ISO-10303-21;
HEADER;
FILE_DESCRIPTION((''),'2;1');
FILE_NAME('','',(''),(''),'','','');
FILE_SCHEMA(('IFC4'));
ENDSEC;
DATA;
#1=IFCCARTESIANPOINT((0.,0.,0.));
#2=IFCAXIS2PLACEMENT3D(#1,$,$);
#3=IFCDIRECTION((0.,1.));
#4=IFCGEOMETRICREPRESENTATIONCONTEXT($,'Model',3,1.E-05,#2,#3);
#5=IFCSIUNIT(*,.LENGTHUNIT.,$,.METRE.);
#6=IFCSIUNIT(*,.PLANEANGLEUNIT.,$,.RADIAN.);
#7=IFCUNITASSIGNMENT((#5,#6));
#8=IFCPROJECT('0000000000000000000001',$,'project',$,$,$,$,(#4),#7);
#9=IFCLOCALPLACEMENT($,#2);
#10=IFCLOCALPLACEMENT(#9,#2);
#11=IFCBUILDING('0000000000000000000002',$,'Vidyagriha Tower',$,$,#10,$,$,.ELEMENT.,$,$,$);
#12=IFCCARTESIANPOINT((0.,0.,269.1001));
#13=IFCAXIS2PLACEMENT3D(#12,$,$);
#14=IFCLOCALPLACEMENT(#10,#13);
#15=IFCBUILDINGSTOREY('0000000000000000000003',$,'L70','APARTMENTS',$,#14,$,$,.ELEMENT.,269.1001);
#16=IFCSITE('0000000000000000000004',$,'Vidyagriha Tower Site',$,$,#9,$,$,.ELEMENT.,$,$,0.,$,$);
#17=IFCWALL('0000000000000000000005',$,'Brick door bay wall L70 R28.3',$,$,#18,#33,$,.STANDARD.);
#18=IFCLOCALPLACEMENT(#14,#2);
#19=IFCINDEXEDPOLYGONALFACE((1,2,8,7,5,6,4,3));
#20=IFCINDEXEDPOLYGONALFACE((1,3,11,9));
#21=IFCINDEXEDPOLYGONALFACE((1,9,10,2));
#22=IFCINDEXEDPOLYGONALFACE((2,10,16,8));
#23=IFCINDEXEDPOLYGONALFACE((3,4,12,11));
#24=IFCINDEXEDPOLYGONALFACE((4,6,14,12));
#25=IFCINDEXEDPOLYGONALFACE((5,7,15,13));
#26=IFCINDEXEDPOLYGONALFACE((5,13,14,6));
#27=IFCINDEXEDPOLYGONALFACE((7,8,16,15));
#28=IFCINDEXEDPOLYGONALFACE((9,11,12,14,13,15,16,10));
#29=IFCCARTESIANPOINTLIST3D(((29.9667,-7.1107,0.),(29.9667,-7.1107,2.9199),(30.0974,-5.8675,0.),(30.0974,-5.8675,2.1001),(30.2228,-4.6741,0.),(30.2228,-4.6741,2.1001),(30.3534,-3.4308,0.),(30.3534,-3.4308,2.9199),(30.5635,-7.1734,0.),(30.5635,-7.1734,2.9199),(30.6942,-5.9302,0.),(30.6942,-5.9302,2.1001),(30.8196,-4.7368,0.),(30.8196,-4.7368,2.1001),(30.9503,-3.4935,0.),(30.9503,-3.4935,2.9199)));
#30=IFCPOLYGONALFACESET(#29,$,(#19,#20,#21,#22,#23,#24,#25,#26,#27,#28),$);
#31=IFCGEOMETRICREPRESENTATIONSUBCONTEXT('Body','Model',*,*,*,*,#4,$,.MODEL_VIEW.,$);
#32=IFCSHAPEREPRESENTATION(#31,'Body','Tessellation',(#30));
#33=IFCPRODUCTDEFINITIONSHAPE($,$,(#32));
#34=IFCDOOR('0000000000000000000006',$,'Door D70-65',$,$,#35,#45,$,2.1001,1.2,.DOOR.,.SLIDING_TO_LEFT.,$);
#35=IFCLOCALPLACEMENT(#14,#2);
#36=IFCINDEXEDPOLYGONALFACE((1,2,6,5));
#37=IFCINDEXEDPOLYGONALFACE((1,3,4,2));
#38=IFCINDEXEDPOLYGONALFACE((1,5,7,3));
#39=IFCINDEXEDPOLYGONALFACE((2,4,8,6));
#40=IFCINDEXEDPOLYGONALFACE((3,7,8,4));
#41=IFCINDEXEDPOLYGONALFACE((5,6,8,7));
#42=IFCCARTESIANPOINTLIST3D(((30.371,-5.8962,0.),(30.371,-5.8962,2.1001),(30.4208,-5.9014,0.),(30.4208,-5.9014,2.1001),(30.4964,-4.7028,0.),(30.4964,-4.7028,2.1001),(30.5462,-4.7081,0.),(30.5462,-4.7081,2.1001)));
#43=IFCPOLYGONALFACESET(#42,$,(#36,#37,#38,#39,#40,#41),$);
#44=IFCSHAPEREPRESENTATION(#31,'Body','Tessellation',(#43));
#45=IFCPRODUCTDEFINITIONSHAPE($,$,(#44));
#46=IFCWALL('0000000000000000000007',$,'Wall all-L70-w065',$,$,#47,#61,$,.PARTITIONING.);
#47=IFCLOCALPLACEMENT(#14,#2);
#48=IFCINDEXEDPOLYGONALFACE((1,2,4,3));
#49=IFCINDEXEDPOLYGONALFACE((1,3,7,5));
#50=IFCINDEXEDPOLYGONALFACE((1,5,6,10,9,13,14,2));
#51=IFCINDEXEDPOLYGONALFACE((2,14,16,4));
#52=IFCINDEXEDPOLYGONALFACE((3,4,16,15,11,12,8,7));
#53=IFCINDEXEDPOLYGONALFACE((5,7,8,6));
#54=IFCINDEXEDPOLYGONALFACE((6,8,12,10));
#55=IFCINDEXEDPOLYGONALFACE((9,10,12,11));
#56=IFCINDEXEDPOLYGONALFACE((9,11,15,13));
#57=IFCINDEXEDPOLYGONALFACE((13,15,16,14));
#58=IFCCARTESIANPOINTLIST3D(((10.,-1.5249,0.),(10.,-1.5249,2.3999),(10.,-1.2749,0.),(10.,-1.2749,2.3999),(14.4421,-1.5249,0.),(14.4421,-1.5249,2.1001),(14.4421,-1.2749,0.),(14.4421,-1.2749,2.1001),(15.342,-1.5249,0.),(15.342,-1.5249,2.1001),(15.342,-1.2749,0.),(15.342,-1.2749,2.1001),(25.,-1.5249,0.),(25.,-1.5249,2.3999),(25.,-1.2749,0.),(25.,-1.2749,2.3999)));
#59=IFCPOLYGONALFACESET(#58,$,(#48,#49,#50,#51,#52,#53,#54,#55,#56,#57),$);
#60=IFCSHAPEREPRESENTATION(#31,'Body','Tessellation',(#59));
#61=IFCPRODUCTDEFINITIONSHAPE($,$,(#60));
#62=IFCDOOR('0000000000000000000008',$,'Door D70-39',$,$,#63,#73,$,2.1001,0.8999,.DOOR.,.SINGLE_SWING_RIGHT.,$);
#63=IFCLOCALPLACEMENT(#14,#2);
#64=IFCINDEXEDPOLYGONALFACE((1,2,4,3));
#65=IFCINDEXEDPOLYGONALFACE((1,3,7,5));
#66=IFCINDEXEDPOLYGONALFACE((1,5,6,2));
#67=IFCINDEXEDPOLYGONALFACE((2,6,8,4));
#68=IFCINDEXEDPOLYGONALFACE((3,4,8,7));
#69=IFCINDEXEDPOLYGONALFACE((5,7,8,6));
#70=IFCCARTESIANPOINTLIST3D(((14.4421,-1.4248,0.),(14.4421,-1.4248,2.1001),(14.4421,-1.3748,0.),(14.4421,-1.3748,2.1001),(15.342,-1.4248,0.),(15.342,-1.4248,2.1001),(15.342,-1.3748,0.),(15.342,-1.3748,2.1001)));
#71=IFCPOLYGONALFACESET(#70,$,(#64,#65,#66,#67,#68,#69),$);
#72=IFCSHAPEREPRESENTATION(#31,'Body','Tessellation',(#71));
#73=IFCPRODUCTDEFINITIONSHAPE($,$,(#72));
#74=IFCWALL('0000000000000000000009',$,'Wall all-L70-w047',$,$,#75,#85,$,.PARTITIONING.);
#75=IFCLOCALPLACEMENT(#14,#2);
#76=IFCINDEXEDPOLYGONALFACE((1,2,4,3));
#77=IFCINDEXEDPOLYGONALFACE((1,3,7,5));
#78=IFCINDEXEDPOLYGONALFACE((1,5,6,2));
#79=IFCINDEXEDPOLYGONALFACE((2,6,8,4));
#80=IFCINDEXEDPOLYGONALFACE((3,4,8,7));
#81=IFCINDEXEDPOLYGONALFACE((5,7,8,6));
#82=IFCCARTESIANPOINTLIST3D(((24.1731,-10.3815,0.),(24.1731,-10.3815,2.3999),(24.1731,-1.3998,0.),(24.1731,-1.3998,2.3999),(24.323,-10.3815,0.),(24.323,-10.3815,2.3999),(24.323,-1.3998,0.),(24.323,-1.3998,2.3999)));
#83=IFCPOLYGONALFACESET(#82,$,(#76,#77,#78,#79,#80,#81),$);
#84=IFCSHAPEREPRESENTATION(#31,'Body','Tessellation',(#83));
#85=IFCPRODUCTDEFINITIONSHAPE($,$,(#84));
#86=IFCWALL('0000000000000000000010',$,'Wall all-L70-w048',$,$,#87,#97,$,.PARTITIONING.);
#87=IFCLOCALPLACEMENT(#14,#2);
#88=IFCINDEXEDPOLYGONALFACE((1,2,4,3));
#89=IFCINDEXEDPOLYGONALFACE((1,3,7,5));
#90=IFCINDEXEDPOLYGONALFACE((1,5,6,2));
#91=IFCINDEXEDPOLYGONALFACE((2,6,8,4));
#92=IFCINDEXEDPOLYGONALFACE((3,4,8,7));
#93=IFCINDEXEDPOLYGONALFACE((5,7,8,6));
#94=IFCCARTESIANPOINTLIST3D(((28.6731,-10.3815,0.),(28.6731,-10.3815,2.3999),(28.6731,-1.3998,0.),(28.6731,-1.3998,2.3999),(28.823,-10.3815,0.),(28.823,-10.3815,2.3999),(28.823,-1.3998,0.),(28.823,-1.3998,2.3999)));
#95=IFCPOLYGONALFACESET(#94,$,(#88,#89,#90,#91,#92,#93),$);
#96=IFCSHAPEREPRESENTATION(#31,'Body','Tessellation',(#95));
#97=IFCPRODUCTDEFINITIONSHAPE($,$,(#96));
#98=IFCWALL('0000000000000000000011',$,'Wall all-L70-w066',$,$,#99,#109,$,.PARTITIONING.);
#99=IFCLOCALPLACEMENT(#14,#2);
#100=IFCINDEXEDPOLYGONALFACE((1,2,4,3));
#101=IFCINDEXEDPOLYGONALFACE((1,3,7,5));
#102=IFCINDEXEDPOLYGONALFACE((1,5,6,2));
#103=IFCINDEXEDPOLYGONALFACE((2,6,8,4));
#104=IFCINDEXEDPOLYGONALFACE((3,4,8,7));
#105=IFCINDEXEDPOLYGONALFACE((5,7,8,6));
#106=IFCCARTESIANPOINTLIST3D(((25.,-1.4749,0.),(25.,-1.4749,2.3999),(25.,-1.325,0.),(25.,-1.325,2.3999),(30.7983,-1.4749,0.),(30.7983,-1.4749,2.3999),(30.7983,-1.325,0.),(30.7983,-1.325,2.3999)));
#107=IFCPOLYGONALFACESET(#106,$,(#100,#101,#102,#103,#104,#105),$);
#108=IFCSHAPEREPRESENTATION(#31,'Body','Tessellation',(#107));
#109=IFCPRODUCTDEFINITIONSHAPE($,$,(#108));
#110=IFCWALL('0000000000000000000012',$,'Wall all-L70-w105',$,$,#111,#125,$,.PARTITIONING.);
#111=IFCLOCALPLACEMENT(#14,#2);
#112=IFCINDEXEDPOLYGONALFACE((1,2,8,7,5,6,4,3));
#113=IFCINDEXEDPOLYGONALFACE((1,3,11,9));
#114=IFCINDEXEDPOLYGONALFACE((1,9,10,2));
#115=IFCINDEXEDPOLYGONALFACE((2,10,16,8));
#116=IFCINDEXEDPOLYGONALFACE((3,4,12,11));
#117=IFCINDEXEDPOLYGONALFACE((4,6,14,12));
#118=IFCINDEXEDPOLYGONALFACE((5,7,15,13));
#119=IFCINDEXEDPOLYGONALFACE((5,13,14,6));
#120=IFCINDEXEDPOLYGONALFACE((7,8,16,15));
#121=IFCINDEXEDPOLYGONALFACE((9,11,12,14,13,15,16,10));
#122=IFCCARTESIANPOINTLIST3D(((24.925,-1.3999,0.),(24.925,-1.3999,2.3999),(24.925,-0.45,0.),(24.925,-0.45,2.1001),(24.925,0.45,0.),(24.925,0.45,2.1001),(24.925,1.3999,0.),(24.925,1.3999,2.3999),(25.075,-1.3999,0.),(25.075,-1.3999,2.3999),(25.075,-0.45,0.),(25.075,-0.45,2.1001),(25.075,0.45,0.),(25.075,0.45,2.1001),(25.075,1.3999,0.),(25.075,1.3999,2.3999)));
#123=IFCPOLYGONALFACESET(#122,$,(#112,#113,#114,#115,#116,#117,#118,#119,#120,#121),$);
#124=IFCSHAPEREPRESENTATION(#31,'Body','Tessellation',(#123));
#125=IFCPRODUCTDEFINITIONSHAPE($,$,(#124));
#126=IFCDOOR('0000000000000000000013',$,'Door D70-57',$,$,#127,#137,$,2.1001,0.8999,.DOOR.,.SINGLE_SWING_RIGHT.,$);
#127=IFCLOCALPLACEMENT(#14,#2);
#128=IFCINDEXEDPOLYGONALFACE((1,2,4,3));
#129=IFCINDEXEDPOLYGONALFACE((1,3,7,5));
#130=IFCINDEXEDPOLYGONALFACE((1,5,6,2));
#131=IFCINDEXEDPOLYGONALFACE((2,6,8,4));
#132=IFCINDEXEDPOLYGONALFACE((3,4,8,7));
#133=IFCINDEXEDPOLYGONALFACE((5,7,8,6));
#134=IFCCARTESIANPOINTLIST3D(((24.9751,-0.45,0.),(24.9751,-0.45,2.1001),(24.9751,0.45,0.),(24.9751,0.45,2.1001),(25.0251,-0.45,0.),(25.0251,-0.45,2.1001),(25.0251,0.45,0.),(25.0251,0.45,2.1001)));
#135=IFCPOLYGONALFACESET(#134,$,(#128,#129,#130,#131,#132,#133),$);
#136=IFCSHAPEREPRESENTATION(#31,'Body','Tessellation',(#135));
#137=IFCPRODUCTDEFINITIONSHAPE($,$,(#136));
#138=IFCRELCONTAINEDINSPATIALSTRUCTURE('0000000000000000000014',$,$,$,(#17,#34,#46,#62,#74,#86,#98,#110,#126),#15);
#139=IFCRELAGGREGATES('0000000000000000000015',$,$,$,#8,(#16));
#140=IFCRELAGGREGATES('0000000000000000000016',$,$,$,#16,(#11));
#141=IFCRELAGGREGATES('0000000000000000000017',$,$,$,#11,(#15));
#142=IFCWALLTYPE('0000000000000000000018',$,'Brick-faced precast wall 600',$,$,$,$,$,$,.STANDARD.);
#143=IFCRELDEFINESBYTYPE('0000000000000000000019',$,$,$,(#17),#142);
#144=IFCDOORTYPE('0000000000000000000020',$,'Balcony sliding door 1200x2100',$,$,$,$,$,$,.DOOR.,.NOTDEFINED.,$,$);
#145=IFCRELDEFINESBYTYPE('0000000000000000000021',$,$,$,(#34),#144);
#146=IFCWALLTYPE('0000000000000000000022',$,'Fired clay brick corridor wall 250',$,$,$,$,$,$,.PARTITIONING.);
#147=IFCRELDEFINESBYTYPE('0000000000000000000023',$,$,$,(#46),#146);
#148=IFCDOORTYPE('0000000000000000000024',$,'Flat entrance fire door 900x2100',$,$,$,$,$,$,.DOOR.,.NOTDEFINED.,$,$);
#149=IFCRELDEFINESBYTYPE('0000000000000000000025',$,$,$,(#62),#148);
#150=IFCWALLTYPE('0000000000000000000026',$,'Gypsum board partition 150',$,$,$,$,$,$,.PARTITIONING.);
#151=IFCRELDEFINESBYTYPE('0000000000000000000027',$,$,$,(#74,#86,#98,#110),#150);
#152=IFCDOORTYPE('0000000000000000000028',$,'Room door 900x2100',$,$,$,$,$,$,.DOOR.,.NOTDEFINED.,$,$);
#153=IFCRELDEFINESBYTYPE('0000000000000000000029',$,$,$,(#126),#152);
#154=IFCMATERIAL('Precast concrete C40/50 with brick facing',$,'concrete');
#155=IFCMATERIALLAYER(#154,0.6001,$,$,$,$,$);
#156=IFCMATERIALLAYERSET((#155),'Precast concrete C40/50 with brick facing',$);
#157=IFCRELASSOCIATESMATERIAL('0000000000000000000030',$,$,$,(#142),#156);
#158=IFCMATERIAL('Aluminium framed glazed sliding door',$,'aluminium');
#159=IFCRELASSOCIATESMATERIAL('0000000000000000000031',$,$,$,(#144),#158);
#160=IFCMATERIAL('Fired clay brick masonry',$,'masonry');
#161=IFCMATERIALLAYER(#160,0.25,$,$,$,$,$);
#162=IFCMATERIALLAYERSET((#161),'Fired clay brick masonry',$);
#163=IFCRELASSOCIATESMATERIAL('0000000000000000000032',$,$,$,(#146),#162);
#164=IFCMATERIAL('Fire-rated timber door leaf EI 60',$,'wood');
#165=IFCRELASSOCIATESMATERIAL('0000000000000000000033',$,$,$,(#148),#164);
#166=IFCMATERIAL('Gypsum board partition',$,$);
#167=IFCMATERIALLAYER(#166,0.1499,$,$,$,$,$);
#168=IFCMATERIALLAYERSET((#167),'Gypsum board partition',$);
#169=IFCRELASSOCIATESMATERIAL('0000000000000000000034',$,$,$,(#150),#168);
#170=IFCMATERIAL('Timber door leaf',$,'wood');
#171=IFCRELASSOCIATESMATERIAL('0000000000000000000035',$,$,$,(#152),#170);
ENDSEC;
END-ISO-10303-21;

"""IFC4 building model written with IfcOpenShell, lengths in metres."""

from ifc_helpers import new_model, si_unit, direction, frame, frame_2d, origin, place, context, subcontext, project, spatial, rectangle, extrude, material, layer, layer_set, type_object, element, fill, save


model = new_model("IFC4")

# Units and contexts
model_context = context("Model", 3, precision=1e-05, world=origin(), true_north=direction((0.0, 1.0)))
body_context = subcontext(model_context, "Body", "Model", "MODEL_VIEW")
ifc_project = project(units=[si_unit("LENGTHUNIT", "METRE"), si_unit("PLANEANGLEUNIT", "RADIAN")], contexts=[model_context])

# Site, building, storey
site_placement = place(None, origin())
site = spatial("IfcSite", under=ifc_project, at=site_placement, Name="Vidyagriha Tower Site", CompositionType="ELEMENT", RefElevation=0.0)
building_placement = place(site_placement, origin())
building = spatial("IfcBuilding", under=site, at=building_placement, Name="Vidyagriha Tower", CompositionType="ELEMENT")
storey_placement = place(building_placement, frame((0.0, 0.0, 269.1001)))
storey = spatial("IfcBuildingStorey", under=building, at=storey_placement, Name="L70", Description="APARTMENTS", CompositionType="ELEMENT", Elevation=269.1001)

# Walls, openings, doors
ifc_material_1 = material(Name="Precast concrete C40/50 with brick facing", Category="concrete")
ifc_layer_1 = layer(ifc_material_1, 0.6001)
ifc_layer_set_1 = layer_set([ifc_layer_1], Name="Precast concrete C40/50 with brick facing")
wall_type_1 = type_object("IfcWallType", Name="Brick-faced precast wall 600", PredefinedType="STANDARD", material=ifc_layer_set_1)
wall_1_placement = place(storey_placement, frame((30.2651, -7.1421, 0.0), z_axis=(0.0, 0.0, 1.0), x_axis=(0.104513, 0.994524, 0.0)))
wall_1 = element("IfcWall", 1, at=wall_1_placement, inside=storey, type_object=wall_type_1, Name="Brick door bay wall L70 R28.3", PredefinedType="STANDARD", context=body_context, shape_type="SweptSolid", body=[
    extrude(rectangle(XDim=3.7002, YDim=0.6001, at=frame_2d((1.8501, 0.0))), origin(), (0.0, 0.0, 1.0), 2.9199),
])
opening_1_placement = place(wall_1_placement, frame((1.25, 0.0, 0.0)))
opening_1 = element("IfcOpeningElement", 2, at=opening_1_placement, cuts=wall_1, PredefinedType="OPENING", context=body_context, shape_type="SweptSolid", body=[
    extrude(rectangle(XDim=1.2, YDim=2.1001, at=frame_2d((0.6001, 1.05))), frame((0.0, 0.3101, 0.0), z_axis=(0.0, -1.0, 0.0), x_axis=(1.0, 0.0, 0.0)), (0.0, 0.0, 1.0), 0.6201),
])
ifc_material_2 = material(Name="Aluminium framed glazed sliding door", Category="aluminium")
door_type_1 = type_object("IfcDoorType", Name="Balcony sliding door 1200x2100", OperationType="NOTDEFINED", PredefinedType="DOOR", material=ifc_material_2)
door_1_placement = place(opening_1_placement, origin())
door_1 = element("IfcDoor", 3, at=door_1_placement, inside=storey, type_object=door_type_1, Name="Door D70-65", OperationType="SLIDING_TO_LEFT", OverallHeight=2.1001, OverallWidth=1.2, PredefinedType="DOOR", context=body_context, shape_type="SweptSolid", body=[
    extrude(rectangle(XDim=1.2, YDim=2.1001, at=frame_2d((0.6001, 1.05))), frame((0.0, 0.0249, 0.0), z_axis=(0.0, -1.0, 0.0), x_axis=(1.0, 0.0, 0.0)), (0.0, 0.0, 1.0), 0.05),
])
fill(opening_1, door_1)
ifc_material_3 = material(Name="Fired clay brick masonry", Category="masonry")
ifc_layer_2 = layer(ifc_material_3, 0.25)
ifc_layer_set_2 = layer_set([ifc_layer_2], Name="Fired clay brick masonry")
wall_type_2 = type_object("IfcWallType", Name="Fired clay brick corridor wall 250", PredefinedType="PARTITIONING", material=ifc_layer_set_2)
wall_2_placement = place(storey_placement, frame((25.0, -1.3999, 0.0), z_axis=(0.0, 0.0, 1.0), x_axis=(-1.0, 0.0, 0.0)))
wall_2 = element("IfcWall", 4, at=wall_2_placement, inside=storey, type_object=wall_type_2, Name="Wall all-L70-w065", PredefinedType="PARTITIONING", context=body_context, shape_type="SweptSolid", body=[
    extrude(rectangle(XDim=15.0, YDim=0.25, at=frame_2d((7.5, 0.0))), origin(), (0.0, 0.0, 1.0), 2.3999),
])
opening_2_placement = place(wall_2_placement, frame((9.658, 0.0, 0.0)))
opening_2 = element("IfcOpeningElement", 5, at=opening_2_placement, cuts=wall_2, PredefinedType="OPENING", context=body_context, shape_type="SweptSolid", body=[
    extrude(rectangle(XDim=0.8999, YDim=2.1001, at=frame_2d((0.45, 1.05))), frame((0.0, 0.135, 0.0), z_axis=(0.0, -1.0, 0.0), x_axis=(1.0, 0.0, 0.0)), (0.0, 0.0, 1.0), 0.27),
])
ifc_material_4 = material(Name="Fire-rated timber door leaf EI 60", Category="wood")
door_type_2 = type_object("IfcDoorType", Name="Flat entrance fire door 900x2100", OperationType="NOTDEFINED", PredefinedType="DOOR", material=ifc_material_4)
door_2_placement = place(opening_2_placement, origin())
door_2 = element("IfcDoor", 6, at=door_2_placement, inside=storey, type_object=door_type_2, Name="Door D70-39", OperationType="SINGLE_SWING_RIGHT", OverallHeight=2.1001, OverallWidth=0.8999, PredefinedType="DOOR", context=body_context, shape_type="SweptSolid", body=[
    extrude(rectangle(XDim=0.8999, YDim=2.1001, at=frame_2d((0.45, 1.05))), frame((0.0, 0.0249, 0.0), z_axis=(0.0, -1.0, 0.0), x_axis=(1.0, 0.0, 0.0)), (0.0, 0.0, 1.0), 0.05),
])
fill(opening_2, door_2)

# Walls
ifc_material_5 = material(Name="Gypsum board partition")
ifc_layer_3 = layer(ifc_material_5, 0.1499)
ifc_layer_set_3 = layer_set([ifc_layer_3], Name="Gypsum board partition")
wall_type_3 = type_object("IfcWallType", Name="Gypsum board partition 150", PredefinedType="PARTITIONING", material=ifc_layer_set_3)
for number, where, z_axis, x_axis, name in (
    (7, (24.248, -1.3999, 0.0), (0.0, 0.0, 1.0), (0.0, -1.0, 0.0), "Wall all-L70-w047"),
    (8, (28.748, -1.3999, 0.0), (0.0, 0.0, 1.0), (0.0, -1.0, 0.0), "Wall all-L70-w048"),
):
    element("IfcWall", number, at=place(storey_placement, frame(where, z_axis=z_axis, x_axis=x_axis)), inside=storey, type_object=wall_type_3, Name=name, PredefinedType="PARTITIONING", context=body_context, shape_type="SweptSolid", body=[
        extrude(rectangle(XDim=8.9817, YDim=0.1499, at=frame_2d((4.4907, 0.0))), origin(), (0.0, 0.0, 1.0), 2.3999),
    ])
wall_3_placement = place(storey_placement, frame((30.7983, -1.3999, 0.0), z_axis=(0.0, 0.0, 1.0), x_axis=(-1.0, 0.0, 0.0)))
element("IfcWall", 9, at=wall_3_placement, inside=storey, type_object=wall_type_3, Name="Wall all-L70-w066", PredefinedType="PARTITIONING", context=body_context, shape_type="SweptSolid", body=[
    extrude(rectangle(XDim=5.7983, YDim=0.1499, at=frame_2d((2.8992, 0.0))), origin(), (0.0, 0.0, 1.0), 2.3999),
])

# Wall, opening, door
wall_4_placement = place(storey_placement, frame((25.0, -1.3999, 0.0), z_axis=(0.0, 0.0, 1.0), x_axis=(0.0, 1.0, 0.0)))
wall_4 = element("IfcWall", 10, at=wall_4_placement, inside=storey, type_object=wall_type_3, Name="Wall all-L70-w105", PredefinedType="PARTITIONING", context=body_context, shape_type="SweptSolid", body=[
    extrude(rectangle(XDim=2.7998, YDim=0.1499, at=frame_2d((1.3999, 0.0))), origin(), (0.0, 0.0, 1.0), 2.3999),
])
opening_3_placement = place(wall_4_placement, frame((0.95, 0.0, 0.0)))
opening_3 = element("IfcOpeningElement", 11, at=opening_3_placement, cuts=wall_4, PredefinedType="OPENING", context=body_context, shape_type="SweptSolid", body=[
    extrude(rectangle(XDim=0.8999, YDim=2.1001, at=frame_2d((0.45, 1.05))), frame((0.0, 0.085, 0.0), z_axis=(0.0, -1.0, 0.0), x_axis=(1.0, 0.0, 0.0)), (0.0, 0.0, 1.0), 0.1699),
])
ifc_material_6 = material(Name="Timber door leaf", Category="wood")
door_type_3 = type_object("IfcDoorType", Name="Room door 900x2100", OperationType="NOTDEFINED", PredefinedType="DOOR", material=ifc_material_6)
door_3_placement = place(opening_3_placement, origin())
door_3 = element("IfcDoor", 12, at=door_3_placement, inside=storey, type_object=door_type_3, Name="Door D70-57", OperationType="SINGLE_SWING_RIGHT", OverallHeight=2.1001, OverallWidth=0.8999, PredefinedType="DOOR", context=body_context, shape_type="SweptSolid", body=[
    extrude(rectangle(XDim=0.8999, YDim=2.1001, at=frame_2d((0.45, 1.05))), frame((0.0, 0.0249, 0.0), z_axis=(0.0, -1.0, 0.0), x_axis=(1.0, 0.0, 0.0)), (0.0, 0.0, 1.0), 0.05),
])
fill(opening_3, door_3)

save(model, "model.ifc")
